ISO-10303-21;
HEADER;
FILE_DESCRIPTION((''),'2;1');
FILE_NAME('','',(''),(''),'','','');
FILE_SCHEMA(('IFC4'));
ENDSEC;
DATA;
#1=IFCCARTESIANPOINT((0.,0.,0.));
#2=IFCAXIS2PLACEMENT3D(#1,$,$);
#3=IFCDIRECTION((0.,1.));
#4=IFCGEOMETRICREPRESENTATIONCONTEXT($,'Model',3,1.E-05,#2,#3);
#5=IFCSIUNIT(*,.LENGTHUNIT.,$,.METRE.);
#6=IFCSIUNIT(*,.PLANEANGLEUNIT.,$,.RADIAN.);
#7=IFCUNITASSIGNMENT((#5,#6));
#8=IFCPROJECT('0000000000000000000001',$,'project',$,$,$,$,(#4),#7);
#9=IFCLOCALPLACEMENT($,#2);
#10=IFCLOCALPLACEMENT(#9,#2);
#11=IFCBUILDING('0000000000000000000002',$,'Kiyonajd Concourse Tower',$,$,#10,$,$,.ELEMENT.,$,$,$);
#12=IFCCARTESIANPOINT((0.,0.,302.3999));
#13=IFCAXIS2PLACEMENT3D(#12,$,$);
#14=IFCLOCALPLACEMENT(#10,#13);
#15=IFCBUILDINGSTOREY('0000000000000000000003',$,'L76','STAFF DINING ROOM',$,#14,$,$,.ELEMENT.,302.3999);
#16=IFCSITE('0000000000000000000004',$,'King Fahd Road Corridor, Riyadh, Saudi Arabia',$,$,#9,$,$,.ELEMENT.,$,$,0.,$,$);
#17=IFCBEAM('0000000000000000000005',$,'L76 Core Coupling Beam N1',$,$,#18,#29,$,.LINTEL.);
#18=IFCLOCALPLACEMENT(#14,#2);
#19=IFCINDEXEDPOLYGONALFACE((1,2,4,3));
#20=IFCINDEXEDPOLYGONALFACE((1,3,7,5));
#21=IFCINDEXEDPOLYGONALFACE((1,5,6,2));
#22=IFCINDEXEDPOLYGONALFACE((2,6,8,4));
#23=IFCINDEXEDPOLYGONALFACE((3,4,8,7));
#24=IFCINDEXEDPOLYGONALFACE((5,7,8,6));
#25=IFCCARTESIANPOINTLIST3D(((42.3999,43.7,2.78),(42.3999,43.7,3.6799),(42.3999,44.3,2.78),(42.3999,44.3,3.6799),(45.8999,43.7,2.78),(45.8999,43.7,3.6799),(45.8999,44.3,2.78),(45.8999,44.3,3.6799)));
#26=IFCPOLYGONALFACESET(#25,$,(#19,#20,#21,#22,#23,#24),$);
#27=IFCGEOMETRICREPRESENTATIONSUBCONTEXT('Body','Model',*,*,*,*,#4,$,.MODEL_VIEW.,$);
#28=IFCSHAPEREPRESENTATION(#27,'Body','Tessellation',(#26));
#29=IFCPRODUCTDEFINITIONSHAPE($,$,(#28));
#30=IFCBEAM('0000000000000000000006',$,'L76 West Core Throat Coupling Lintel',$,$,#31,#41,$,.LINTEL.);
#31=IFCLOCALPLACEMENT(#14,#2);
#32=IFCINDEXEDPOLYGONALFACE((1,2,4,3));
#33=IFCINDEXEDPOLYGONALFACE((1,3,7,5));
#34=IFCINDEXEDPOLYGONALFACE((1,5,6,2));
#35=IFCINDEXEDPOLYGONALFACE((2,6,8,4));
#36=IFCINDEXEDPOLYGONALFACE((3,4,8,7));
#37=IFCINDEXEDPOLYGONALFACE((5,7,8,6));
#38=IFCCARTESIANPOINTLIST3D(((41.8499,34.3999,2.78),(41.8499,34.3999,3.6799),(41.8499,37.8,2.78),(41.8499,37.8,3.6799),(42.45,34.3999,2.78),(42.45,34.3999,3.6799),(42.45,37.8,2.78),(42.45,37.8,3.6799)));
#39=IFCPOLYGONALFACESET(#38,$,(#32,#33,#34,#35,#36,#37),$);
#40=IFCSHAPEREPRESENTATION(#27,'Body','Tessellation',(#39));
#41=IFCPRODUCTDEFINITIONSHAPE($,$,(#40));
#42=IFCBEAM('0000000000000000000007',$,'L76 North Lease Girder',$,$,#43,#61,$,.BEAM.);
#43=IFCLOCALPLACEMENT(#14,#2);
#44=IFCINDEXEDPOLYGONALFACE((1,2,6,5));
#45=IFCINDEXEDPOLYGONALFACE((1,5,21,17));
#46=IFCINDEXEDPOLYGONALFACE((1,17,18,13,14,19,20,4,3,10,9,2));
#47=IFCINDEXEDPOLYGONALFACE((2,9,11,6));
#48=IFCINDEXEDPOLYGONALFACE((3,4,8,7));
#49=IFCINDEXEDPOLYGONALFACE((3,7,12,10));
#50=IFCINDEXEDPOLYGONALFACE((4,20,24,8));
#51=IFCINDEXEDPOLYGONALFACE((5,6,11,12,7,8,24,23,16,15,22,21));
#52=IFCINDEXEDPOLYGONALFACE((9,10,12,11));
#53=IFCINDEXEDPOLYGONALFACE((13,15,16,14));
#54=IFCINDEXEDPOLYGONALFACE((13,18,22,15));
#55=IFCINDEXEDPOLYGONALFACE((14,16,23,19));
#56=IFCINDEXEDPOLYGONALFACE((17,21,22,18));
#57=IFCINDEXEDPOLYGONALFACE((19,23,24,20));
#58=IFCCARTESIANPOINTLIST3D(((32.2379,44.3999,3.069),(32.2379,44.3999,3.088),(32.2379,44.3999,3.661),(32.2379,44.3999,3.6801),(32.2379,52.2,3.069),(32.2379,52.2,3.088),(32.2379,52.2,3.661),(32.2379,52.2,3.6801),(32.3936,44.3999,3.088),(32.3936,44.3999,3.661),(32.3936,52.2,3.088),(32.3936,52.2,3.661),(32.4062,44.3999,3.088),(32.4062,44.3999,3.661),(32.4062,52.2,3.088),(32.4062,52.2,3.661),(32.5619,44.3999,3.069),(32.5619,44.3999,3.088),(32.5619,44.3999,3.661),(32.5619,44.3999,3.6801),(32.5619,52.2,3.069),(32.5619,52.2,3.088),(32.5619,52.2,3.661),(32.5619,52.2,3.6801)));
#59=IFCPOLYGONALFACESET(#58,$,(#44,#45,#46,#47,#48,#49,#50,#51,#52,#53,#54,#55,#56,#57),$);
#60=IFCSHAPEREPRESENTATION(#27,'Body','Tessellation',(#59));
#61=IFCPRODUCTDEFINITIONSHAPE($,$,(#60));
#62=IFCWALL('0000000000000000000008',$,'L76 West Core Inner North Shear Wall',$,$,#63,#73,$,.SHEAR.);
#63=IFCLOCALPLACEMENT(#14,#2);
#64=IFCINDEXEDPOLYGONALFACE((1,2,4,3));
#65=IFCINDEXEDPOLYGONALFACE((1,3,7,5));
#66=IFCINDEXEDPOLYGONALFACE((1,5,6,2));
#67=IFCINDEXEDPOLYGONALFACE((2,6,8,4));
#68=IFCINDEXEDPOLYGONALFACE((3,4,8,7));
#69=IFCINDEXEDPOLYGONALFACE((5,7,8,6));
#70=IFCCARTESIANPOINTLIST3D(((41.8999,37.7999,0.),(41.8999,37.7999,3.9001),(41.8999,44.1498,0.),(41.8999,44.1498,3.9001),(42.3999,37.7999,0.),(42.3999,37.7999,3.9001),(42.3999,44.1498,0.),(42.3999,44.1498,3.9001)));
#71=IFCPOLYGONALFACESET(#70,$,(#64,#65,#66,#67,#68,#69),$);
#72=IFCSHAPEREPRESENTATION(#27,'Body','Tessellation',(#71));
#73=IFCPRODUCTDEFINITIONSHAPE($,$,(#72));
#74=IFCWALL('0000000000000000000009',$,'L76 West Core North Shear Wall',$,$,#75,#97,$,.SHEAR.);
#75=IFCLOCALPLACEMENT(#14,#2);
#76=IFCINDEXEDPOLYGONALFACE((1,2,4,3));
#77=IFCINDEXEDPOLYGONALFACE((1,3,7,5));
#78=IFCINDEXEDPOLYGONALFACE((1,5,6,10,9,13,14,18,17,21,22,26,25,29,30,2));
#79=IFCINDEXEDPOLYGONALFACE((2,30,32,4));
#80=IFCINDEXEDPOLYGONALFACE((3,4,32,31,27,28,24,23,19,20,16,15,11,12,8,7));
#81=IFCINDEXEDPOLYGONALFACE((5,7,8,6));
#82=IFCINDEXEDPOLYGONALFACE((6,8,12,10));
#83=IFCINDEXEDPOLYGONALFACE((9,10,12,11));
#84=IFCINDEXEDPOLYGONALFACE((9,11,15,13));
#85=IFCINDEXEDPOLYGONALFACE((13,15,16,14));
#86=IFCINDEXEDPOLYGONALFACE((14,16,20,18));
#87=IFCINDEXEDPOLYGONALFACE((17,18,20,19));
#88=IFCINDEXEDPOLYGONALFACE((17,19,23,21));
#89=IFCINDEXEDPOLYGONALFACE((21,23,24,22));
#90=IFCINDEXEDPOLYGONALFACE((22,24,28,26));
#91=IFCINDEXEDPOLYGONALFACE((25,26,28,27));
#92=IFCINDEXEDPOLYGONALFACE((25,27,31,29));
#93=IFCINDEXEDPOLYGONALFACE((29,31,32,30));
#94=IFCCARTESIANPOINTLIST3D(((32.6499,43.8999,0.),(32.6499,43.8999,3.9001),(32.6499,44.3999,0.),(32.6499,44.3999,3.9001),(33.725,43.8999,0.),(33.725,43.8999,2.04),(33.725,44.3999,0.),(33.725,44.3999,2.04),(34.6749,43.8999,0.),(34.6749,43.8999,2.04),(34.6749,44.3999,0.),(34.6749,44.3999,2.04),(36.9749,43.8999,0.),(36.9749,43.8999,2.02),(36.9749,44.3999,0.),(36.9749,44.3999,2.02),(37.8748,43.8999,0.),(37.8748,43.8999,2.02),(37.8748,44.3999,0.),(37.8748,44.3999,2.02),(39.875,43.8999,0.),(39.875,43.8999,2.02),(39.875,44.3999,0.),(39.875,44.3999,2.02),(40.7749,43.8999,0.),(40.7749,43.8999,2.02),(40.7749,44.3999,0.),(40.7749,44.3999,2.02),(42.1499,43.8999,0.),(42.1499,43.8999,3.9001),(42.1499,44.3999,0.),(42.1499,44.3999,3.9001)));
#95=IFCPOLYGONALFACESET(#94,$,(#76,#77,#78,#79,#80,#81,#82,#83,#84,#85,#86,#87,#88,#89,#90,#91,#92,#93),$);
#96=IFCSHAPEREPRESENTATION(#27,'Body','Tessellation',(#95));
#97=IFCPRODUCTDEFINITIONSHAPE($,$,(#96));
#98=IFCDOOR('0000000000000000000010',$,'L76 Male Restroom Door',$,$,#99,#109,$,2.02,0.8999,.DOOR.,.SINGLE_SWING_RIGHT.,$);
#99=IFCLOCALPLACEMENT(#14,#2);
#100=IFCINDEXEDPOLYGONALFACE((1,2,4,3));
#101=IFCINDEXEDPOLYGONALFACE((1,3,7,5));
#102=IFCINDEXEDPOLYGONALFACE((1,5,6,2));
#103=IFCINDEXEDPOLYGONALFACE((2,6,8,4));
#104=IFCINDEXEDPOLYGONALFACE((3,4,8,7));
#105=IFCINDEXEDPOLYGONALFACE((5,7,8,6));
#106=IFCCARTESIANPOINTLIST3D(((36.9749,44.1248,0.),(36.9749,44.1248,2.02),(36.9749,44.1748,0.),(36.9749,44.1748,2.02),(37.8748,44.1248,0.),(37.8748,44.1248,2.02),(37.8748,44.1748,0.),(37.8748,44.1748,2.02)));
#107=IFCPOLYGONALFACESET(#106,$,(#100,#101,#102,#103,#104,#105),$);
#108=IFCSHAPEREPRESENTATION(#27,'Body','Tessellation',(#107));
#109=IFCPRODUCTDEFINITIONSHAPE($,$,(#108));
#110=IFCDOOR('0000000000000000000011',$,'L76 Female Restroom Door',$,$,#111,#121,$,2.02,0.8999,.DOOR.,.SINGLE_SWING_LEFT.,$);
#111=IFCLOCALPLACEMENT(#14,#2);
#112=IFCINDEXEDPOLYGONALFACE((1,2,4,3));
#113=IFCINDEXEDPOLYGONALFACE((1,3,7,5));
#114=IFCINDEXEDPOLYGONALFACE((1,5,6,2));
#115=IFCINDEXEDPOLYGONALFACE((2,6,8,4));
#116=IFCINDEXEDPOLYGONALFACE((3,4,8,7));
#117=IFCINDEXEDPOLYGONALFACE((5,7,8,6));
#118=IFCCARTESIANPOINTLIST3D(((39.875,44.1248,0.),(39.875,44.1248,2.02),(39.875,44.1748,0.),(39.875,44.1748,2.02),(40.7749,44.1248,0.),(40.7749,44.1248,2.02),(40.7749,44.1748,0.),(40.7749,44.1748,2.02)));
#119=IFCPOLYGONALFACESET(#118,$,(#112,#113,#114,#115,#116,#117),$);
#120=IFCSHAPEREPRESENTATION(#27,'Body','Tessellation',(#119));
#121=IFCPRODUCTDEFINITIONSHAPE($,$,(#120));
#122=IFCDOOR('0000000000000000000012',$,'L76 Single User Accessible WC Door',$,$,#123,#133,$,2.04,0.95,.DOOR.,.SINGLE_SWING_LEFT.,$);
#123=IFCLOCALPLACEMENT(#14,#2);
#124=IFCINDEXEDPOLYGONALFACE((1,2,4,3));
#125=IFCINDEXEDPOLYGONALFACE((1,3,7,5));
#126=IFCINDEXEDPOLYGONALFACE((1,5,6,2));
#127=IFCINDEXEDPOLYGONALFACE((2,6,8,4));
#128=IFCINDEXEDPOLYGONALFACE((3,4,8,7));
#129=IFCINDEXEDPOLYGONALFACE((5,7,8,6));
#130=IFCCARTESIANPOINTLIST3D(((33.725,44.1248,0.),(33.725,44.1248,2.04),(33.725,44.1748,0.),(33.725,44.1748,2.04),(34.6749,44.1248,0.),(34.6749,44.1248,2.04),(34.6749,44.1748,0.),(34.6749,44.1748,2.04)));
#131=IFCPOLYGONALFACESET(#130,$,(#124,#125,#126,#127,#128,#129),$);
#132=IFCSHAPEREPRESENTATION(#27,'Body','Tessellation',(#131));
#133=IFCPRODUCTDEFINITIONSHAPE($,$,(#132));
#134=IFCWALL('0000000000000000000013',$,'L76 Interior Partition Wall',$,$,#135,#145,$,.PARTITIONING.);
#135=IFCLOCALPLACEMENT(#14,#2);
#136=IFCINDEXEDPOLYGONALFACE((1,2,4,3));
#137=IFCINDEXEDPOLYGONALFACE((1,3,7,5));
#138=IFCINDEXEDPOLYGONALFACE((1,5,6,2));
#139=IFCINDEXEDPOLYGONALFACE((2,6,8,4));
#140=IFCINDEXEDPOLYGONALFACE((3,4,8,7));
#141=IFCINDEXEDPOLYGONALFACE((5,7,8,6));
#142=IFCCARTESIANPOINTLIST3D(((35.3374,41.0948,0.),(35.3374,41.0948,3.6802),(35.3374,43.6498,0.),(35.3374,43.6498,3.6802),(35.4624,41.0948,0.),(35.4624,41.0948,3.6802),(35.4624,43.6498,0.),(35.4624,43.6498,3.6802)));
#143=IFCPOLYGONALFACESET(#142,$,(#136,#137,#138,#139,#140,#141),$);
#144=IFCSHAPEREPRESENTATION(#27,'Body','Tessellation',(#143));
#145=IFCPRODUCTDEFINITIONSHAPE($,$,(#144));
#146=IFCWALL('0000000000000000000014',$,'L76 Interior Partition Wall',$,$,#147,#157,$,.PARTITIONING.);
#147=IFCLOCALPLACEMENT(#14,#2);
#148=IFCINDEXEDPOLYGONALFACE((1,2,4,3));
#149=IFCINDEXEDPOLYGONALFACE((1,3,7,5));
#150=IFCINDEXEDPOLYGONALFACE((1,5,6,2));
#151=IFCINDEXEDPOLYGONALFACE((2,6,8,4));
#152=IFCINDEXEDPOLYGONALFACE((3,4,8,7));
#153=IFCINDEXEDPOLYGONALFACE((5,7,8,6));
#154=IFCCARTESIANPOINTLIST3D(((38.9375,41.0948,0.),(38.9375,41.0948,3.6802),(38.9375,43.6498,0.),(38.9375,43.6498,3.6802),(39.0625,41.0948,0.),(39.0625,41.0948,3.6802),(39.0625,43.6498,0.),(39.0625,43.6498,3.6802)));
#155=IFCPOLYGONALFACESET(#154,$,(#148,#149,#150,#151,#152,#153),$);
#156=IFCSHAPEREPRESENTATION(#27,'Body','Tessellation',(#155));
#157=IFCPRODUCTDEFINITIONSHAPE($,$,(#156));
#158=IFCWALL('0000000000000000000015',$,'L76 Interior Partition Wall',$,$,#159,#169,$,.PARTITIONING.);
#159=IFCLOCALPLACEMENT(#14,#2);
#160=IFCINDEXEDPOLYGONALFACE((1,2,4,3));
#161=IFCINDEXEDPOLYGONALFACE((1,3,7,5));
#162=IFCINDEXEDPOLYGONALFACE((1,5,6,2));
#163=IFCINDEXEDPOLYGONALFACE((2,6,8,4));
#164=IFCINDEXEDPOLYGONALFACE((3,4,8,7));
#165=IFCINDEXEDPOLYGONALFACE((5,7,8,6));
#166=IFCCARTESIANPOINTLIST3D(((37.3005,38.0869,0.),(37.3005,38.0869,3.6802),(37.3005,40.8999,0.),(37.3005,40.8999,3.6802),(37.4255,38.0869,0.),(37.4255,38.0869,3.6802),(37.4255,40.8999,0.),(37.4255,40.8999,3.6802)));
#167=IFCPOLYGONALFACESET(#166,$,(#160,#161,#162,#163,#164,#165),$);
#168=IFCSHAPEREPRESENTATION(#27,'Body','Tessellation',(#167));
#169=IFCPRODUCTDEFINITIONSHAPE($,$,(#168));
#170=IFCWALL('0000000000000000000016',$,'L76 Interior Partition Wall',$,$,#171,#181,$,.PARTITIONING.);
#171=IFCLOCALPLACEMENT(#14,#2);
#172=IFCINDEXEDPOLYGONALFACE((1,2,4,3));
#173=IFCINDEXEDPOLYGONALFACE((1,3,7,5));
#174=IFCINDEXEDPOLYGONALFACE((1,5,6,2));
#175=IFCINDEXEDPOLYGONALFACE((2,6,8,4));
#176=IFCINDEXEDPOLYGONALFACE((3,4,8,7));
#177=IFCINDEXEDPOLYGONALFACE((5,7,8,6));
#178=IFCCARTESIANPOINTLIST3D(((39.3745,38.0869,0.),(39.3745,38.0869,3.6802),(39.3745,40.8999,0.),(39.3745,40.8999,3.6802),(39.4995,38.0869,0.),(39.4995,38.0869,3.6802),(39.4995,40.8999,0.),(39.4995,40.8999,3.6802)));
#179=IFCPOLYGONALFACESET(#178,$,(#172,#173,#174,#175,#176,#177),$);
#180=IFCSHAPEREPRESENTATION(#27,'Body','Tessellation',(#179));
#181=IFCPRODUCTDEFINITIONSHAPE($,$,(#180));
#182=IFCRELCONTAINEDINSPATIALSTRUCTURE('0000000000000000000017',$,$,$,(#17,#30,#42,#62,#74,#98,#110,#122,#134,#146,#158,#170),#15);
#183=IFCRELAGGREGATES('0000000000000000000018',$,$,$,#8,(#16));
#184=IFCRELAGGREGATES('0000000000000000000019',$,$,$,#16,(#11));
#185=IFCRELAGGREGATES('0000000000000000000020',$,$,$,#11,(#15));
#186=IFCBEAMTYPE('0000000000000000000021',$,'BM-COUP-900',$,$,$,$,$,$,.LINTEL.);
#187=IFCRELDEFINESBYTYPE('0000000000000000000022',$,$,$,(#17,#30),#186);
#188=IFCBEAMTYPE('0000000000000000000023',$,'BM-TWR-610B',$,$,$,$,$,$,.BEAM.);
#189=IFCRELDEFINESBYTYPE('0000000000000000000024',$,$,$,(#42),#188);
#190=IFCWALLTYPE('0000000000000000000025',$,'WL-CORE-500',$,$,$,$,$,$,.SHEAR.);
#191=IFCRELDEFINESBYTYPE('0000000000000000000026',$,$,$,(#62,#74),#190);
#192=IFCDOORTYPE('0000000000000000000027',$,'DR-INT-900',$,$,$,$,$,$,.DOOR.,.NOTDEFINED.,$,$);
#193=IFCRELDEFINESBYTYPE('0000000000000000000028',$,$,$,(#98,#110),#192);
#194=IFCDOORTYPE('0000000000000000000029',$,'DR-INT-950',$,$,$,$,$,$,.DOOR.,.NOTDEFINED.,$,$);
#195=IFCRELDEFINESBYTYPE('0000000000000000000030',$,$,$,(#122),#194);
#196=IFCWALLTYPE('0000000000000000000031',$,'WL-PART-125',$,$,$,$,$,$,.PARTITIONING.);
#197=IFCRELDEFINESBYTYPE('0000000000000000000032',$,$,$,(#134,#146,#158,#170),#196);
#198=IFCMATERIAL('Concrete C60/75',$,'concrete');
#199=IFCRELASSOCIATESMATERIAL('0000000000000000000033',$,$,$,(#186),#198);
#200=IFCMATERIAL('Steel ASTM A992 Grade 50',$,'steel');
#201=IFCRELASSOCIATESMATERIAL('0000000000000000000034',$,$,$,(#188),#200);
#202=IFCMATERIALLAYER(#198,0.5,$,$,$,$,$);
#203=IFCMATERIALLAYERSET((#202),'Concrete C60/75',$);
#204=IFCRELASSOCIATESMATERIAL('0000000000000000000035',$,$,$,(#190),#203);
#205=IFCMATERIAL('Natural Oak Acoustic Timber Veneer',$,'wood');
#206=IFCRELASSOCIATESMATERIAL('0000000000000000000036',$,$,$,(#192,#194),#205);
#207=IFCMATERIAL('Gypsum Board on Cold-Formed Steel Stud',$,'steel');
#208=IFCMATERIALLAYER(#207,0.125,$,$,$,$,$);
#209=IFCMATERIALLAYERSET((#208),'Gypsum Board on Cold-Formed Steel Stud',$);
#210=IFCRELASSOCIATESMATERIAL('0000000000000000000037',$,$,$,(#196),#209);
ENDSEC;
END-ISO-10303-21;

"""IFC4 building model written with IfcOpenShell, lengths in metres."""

from ifc_helpers import new_model, si_unit, direction, frame, frame_2d, origin, origin_2d, place, context, subcontext, project, spatial, rectangle, i_section, extrude, material, layer, layer_set, material_profile, profile_set, type_object, element, fill, save


model = new_model("IFC4")

# Units and contexts
model_context = context("Model", 3, precision=1e-05, world=origin(), true_north=direction((0.0, 1.0)))
body_context = subcontext(model_context, "Body", "Model", "MODEL_VIEW")
ifc_project = project(units=[si_unit("LENGTHUNIT", "METRE"), si_unit("PLANEANGLEUNIT", "RADIAN")], contexts=[model_context])

# Site, building, storey
site_placement = place(None, origin())
site = spatial("IfcSite", under=ifc_project, at=site_placement, Name="King Fahd Road Corridor, Riyadh, Saudi Arabia", CompositionType="ELEMENT", RefElevation=0.0)
building_placement = place(site_placement, origin())
building = spatial("IfcBuilding", under=site, at=building_placement, Name="Kiyonajd Concourse Tower", CompositionType="ELEMENT")
storey_placement = place(building_placement, frame((0.0, 0.0, 302.3999)))
storey = spatial("IfcBuildingStorey", under=building, at=storey_placement, Name="L76", Description="STAFF DINING ROOM", CompositionType="ELEMENT", Elevation=302.3999)

# Beams
ifc_material_1 = material(Name="Concrete C60/75", Category="concrete")
ifc_material_profile_1 = material_profile(ifc_material_1, rectangle(XDim=0.6001, YDim=0.8999, at=origin_2d()), Name="RCBM-600x900")
ifc_profile_set_1 = profile_set([ifc_material_profile_1], Name="Concrete C60/75")
beam_type_1 = type_object("IfcBeamType", Name="BM-COUP-900", PredefinedType="LINTEL", material=ifc_profile_set_1)
beam_1_placement = place(storey_placement, frame((42.3999, 44.0, 3.23), z_axis=(1.0, 0.0, 0.0), x_axis=(0.0, 1.0, 0.0)))
element("IfcBeam", 1, at=beam_1_placement, inside=storey, type_object=beam_type_1, Name="L76 Core Coupling Beam N1", PredefinedType="LINTEL", context=body_context, shape_type="SweptSolid", body=[
    extrude(rectangle(XDim=0.6001, YDim=0.8999, at=origin_2d()), origin(), (0.0, 0.0, 1.0), 3.5),
])
beam_2_placement = place(storey_placement, frame((42.1499, 34.3999, 3.23), z_axis=(0.0, 1.0, 0.0), x_axis=(-1.0, 0.0, 0.0)))
element("IfcBeam", 2, at=beam_2_placement, inside=storey, type_object=beam_type_1, Name="L76 West Core Throat Coupling Lintel", PredefinedType="LINTEL", context=body_context, shape_type="SweptSolid", body=[
    extrude(rectangle(XDim=0.6001, YDim=0.8999, at=origin_2d()), origin(), (0.0, 0.0, 1.0), 3.4001),
])
ifc_material_2 = material(Name="Steel ASTM A992 Grade 50", Category="steel")
ifc_material_profile_2 = material_profile(ifc_material_2, i_section(OverallWidth=0.324, OverallDepth=0.6111, WebThickness=0.0127, FlangeThickness=0.019, at=origin_2d()), Name="W610X155")
ifc_profile_set_2 = profile_set([ifc_material_profile_2], Name="Steel ASTM A992 Grade 50")
beam_type_2 = type_object("IfcBeamType", Name="BM-TWR-610B", PredefinedType="BEAM", material=ifc_profile_set_2)
beam_3_placement = place(storey_placement, frame((32.3999, 44.3999, 3.3745), z_axis=(0.0, 1.0, 0.0), x_axis=(-1.0, 0.0, 0.0)))
element("IfcBeam", 3, at=beam_3_placement, inside=storey, type_object=beam_type_2, Name="L76 North Lease Girder", PredefinedType="BEAM", context=body_context, shape_type="SweptSolid", body=[
    extrude(i_section(OverallWidth=0.324, OverallDepth=0.6111, WebThickness=0.0127, FlangeThickness=0.019, at=origin_2d()), origin(), (0.0, 0.0, 1.0), 7.8),
])

# Wall
ifc_layer_1 = layer(ifc_material_1, 0.5)
ifc_layer_set_1 = layer_set([ifc_layer_1], Name="Concrete C60/75")
wall_type_1 = type_object("IfcWallType", Name="WL-CORE-500", PredefinedType="SHEAR", material=ifc_layer_set_1)
wall_1_placement = place(storey_placement, frame((42.1499, 37.8, 0.0), z_axis=(0.0, 0.0, 1.0), x_axis=(0.0, 1.0, 0.0)))
element("IfcWall", 4, at=wall_1_placement, inside=storey, type_object=wall_type_1, Name="L76 West Core Inner North Shear Wall", PredefinedType="SHEAR", context=body_context, shape_type="SweptSolid", body=[
    extrude(rectangle(XDim=6.3499, YDim=0.5, at=frame_2d((3.1748, 0.0))), origin(), (0.0, 0.0, 1.0), 3.9001),
])

# Wall, openings, doors
wall_2_placement = place(storey_placement, frame((32.6499, 44.1499, 0.0), z_axis=(0.0, 0.0, 1.0), x_axis=(1.0, 0.0, 0.0)))
wall_2 = element("IfcWall", 5, at=wall_2_placement, inside=storey, type_object=wall_type_1, Name="L76 West Core North Shear Wall", PredefinedType="SHEAR", context=body_context, shape_type="SweptSolid", body=[
    extrude(rectangle(XDim=9.5, YDim=0.5, at=frame_2d((4.75, 0.0))), origin(), (0.0, 0.0, 1.0), 3.9001),
])
opening_1_placement = place(wall_2_placement, frame((1.075, 0.0, 0.0)))
opening_1 = element("IfcOpeningElement", 6, at=opening_1_placement, cuts=wall_2, PredefinedType="OPENING", context=body_context, shape_type="SweptSolid", body=[
    extrude(rectangle(XDim=0.95, YDim=2.04, at=frame_2d((0.4751, 1.02))), frame((0.0, 0.26, 0.0), z_axis=(0.0, -1.0, 0.0), x_axis=(1.0, 0.0, 0.0)), (0.0, 0.0, 1.0), 0.52),
])
opening_2_placement = place(wall_2_placement, frame((4.325, 0.0, 0.0)))
opening_2 = element("IfcOpeningElement", 7, at=opening_2_placement, cuts=wall_2, PredefinedType="OPENING", context=body_context, shape_type="SweptSolid", body=[
    extrude(rectangle(XDim=0.8999, YDim=2.02, at=frame_2d((0.45, 1.01))), frame((0.0, 0.26, 0.0), z_axis=(0.0, -1.0, 0.0), x_axis=(1.0, 0.0, 0.0)), (0.0, 0.0, 1.0), 0.52),
])
opening_3_placement = place(wall_2_placement, frame((7.2251, 0.0, 0.0)))
opening_3 = element("IfcOpeningElement", 8, at=opening_3_placement, cuts=wall_2, PredefinedType="OPENING", context=body_context, shape_type="SweptSolid", body=[
    extrude(rectangle(XDim=0.8999, YDim=2.02, at=frame_2d((0.45, 1.01))), frame((0.0, 0.26, 0.0), z_axis=(0.0, -1.0, 0.0), x_axis=(1.0, 0.0, 0.0)), (0.0, 0.0, 1.0), 0.52),
])
ifc_material_3 = material(Name="Natural Oak Acoustic Timber Veneer", Category="wood")
door_type_1 = type_object("IfcDoorType", Name="DR-INT-900", OperationType="NOTDEFINED", PredefinedType="DOOR", material=ifc_material_3)
door_1_placement = place(opening_2_placement, origin())
door_1 = element("IfcDoor", 9, at=door_1_placement, inside=storey, type_object=door_type_1, Name="L76 Male Restroom Door", OperationType="SINGLE_SWING_RIGHT", OverallHeight=2.02, OverallWidth=0.8999, PredefinedType="DOOR", context=body_context, shape_type="SweptSolid", body=[
    extrude(rectangle(XDim=0.8999, YDim=2.02, at=frame_2d((0.45, 1.01))), frame((0.0, 0.0249, 0.0), z_axis=(0.0, -1.0, 0.0), x_axis=(1.0, 0.0, 0.0)), (0.0, 0.0, 1.0), 0.05),
])
fill(opening_2, door_1)
door_2_placement = place(opening_3_placement, origin())
door_2 = element("IfcDoor", 10, at=door_2_placement, inside=storey, type_object=door_type_1, Name="L76 Female Restroom Door", OperationType="SINGLE_SWING_LEFT", OverallHeight=2.02, OverallWidth=0.8999, PredefinedType="DOOR", context=body_context, shape_type="SweptSolid", body=[
    extrude(rectangle(XDim=0.8999, YDim=2.02, at=frame_2d((0.45, 1.01))), frame((0.0, 0.0249, 0.0), z_axis=(0.0, -1.0, 0.0), x_axis=(1.0, 0.0, 0.0)), (0.0, 0.0, 1.0), 0.05),
])
fill(opening_3, door_2)
door_type_2 = type_object("IfcDoorType", Name="DR-INT-950", OperationType="NOTDEFINED", PredefinedType="DOOR", material=ifc_material_3)
door_3_placement = place(opening_1_placement, origin())
door_3 = element("IfcDoor", 11, at=door_3_placement, inside=storey, type_object=door_type_2, Name="L76 Single User Accessible WC Door", OperationType="SINGLE_SWING_LEFT", OverallHeight=2.04, OverallWidth=0.95, PredefinedType="DOOR", context=body_context, shape_type="SweptSolid", body=[
    extrude(rectangle(XDim=0.95, YDim=2.04, at=frame_2d((0.4751, 1.02))), frame((0.0, 0.0249, 0.0), z_axis=(0.0, -1.0, 0.0), x_axis=(1.0, 0.0, 0.0)), (0.0, 0.0, 1.0), 0.05),
])
fill(opening_1, door_3)

# Walls
ifc_material_4 = material(Name="Gypsum Board on Cold-Formed Steel Stud", Category="steel")
ifc_layer_2 = layer(ifc_material_4, 0.125)
ifc_layer_set_2 = layer_set([ifc_layer_2], Name="Gypsum Board on Cold-Formed Steel Stud")
wall_type_2 = type_object("IfcWallType", Name="WL-PART-125", PredefinedType="PARTITIONING", material=ifc_layer_set_2)
for number, where, z_axis, x_axis, name in (
    (12, (35.3999, 41.095, 0.0), (0.0, 0.0, 1.0), (0.0, 1.0, 0.0), "L76 Interior Partition Wall"),
    (13, (39.0, 41.095, 0.0), (0.0, 0.0, 1.0), (0.0, 1.0, 0.0), "L76 Interior Partition Wall"),
):
    element("IfcWall", number, at=place(storey_placement, frame(where, z_axis=z_axis, x_axis=x_axis)), inside=storey, type_object=wall_type_2, Name=name, PredefinedType="PARTITIONING", context=body_context, shape_type="SweptSolid", body=[
        extrude(rectangle(XDim=2.5549, YDim=0.125, at=frame_2d((1.2773, 0.0))), origin(), (0.0, 0.0, 1.0), 3.6802),
    ])
for number, where, z_axis, x_axis, name in (
    (14, (37.363, 38.0869, 0.0), (0.0, 0.0, 1.0), (0.0, 1.0, 0.0), "L76 Interior Partition Wall"),
    (15, (39.437, 38.0869, 0.0), (0.0, 0.0, 1.0), (0.0, 1.0, 0.0), "L76 Interior Partition Wall"),
):
    element("IfcWall", number, at=place(storey_placement, frame(where, z_axis=z_axis, x_axis=x_axis)), inside=storey, type_object=wall_type_2, Name=name, PredefinedType="PARTITIONING", context=body_context, shape_type="SweptSolid", body=[
        extrude(rectangle(XDim=2.813, YDim=0.125, at=frame_2d((1.4065, 0.0))), origin(), (0.0, 0.0, 1.0), 3.6802),
    ])

save(model, "model.ifc")
